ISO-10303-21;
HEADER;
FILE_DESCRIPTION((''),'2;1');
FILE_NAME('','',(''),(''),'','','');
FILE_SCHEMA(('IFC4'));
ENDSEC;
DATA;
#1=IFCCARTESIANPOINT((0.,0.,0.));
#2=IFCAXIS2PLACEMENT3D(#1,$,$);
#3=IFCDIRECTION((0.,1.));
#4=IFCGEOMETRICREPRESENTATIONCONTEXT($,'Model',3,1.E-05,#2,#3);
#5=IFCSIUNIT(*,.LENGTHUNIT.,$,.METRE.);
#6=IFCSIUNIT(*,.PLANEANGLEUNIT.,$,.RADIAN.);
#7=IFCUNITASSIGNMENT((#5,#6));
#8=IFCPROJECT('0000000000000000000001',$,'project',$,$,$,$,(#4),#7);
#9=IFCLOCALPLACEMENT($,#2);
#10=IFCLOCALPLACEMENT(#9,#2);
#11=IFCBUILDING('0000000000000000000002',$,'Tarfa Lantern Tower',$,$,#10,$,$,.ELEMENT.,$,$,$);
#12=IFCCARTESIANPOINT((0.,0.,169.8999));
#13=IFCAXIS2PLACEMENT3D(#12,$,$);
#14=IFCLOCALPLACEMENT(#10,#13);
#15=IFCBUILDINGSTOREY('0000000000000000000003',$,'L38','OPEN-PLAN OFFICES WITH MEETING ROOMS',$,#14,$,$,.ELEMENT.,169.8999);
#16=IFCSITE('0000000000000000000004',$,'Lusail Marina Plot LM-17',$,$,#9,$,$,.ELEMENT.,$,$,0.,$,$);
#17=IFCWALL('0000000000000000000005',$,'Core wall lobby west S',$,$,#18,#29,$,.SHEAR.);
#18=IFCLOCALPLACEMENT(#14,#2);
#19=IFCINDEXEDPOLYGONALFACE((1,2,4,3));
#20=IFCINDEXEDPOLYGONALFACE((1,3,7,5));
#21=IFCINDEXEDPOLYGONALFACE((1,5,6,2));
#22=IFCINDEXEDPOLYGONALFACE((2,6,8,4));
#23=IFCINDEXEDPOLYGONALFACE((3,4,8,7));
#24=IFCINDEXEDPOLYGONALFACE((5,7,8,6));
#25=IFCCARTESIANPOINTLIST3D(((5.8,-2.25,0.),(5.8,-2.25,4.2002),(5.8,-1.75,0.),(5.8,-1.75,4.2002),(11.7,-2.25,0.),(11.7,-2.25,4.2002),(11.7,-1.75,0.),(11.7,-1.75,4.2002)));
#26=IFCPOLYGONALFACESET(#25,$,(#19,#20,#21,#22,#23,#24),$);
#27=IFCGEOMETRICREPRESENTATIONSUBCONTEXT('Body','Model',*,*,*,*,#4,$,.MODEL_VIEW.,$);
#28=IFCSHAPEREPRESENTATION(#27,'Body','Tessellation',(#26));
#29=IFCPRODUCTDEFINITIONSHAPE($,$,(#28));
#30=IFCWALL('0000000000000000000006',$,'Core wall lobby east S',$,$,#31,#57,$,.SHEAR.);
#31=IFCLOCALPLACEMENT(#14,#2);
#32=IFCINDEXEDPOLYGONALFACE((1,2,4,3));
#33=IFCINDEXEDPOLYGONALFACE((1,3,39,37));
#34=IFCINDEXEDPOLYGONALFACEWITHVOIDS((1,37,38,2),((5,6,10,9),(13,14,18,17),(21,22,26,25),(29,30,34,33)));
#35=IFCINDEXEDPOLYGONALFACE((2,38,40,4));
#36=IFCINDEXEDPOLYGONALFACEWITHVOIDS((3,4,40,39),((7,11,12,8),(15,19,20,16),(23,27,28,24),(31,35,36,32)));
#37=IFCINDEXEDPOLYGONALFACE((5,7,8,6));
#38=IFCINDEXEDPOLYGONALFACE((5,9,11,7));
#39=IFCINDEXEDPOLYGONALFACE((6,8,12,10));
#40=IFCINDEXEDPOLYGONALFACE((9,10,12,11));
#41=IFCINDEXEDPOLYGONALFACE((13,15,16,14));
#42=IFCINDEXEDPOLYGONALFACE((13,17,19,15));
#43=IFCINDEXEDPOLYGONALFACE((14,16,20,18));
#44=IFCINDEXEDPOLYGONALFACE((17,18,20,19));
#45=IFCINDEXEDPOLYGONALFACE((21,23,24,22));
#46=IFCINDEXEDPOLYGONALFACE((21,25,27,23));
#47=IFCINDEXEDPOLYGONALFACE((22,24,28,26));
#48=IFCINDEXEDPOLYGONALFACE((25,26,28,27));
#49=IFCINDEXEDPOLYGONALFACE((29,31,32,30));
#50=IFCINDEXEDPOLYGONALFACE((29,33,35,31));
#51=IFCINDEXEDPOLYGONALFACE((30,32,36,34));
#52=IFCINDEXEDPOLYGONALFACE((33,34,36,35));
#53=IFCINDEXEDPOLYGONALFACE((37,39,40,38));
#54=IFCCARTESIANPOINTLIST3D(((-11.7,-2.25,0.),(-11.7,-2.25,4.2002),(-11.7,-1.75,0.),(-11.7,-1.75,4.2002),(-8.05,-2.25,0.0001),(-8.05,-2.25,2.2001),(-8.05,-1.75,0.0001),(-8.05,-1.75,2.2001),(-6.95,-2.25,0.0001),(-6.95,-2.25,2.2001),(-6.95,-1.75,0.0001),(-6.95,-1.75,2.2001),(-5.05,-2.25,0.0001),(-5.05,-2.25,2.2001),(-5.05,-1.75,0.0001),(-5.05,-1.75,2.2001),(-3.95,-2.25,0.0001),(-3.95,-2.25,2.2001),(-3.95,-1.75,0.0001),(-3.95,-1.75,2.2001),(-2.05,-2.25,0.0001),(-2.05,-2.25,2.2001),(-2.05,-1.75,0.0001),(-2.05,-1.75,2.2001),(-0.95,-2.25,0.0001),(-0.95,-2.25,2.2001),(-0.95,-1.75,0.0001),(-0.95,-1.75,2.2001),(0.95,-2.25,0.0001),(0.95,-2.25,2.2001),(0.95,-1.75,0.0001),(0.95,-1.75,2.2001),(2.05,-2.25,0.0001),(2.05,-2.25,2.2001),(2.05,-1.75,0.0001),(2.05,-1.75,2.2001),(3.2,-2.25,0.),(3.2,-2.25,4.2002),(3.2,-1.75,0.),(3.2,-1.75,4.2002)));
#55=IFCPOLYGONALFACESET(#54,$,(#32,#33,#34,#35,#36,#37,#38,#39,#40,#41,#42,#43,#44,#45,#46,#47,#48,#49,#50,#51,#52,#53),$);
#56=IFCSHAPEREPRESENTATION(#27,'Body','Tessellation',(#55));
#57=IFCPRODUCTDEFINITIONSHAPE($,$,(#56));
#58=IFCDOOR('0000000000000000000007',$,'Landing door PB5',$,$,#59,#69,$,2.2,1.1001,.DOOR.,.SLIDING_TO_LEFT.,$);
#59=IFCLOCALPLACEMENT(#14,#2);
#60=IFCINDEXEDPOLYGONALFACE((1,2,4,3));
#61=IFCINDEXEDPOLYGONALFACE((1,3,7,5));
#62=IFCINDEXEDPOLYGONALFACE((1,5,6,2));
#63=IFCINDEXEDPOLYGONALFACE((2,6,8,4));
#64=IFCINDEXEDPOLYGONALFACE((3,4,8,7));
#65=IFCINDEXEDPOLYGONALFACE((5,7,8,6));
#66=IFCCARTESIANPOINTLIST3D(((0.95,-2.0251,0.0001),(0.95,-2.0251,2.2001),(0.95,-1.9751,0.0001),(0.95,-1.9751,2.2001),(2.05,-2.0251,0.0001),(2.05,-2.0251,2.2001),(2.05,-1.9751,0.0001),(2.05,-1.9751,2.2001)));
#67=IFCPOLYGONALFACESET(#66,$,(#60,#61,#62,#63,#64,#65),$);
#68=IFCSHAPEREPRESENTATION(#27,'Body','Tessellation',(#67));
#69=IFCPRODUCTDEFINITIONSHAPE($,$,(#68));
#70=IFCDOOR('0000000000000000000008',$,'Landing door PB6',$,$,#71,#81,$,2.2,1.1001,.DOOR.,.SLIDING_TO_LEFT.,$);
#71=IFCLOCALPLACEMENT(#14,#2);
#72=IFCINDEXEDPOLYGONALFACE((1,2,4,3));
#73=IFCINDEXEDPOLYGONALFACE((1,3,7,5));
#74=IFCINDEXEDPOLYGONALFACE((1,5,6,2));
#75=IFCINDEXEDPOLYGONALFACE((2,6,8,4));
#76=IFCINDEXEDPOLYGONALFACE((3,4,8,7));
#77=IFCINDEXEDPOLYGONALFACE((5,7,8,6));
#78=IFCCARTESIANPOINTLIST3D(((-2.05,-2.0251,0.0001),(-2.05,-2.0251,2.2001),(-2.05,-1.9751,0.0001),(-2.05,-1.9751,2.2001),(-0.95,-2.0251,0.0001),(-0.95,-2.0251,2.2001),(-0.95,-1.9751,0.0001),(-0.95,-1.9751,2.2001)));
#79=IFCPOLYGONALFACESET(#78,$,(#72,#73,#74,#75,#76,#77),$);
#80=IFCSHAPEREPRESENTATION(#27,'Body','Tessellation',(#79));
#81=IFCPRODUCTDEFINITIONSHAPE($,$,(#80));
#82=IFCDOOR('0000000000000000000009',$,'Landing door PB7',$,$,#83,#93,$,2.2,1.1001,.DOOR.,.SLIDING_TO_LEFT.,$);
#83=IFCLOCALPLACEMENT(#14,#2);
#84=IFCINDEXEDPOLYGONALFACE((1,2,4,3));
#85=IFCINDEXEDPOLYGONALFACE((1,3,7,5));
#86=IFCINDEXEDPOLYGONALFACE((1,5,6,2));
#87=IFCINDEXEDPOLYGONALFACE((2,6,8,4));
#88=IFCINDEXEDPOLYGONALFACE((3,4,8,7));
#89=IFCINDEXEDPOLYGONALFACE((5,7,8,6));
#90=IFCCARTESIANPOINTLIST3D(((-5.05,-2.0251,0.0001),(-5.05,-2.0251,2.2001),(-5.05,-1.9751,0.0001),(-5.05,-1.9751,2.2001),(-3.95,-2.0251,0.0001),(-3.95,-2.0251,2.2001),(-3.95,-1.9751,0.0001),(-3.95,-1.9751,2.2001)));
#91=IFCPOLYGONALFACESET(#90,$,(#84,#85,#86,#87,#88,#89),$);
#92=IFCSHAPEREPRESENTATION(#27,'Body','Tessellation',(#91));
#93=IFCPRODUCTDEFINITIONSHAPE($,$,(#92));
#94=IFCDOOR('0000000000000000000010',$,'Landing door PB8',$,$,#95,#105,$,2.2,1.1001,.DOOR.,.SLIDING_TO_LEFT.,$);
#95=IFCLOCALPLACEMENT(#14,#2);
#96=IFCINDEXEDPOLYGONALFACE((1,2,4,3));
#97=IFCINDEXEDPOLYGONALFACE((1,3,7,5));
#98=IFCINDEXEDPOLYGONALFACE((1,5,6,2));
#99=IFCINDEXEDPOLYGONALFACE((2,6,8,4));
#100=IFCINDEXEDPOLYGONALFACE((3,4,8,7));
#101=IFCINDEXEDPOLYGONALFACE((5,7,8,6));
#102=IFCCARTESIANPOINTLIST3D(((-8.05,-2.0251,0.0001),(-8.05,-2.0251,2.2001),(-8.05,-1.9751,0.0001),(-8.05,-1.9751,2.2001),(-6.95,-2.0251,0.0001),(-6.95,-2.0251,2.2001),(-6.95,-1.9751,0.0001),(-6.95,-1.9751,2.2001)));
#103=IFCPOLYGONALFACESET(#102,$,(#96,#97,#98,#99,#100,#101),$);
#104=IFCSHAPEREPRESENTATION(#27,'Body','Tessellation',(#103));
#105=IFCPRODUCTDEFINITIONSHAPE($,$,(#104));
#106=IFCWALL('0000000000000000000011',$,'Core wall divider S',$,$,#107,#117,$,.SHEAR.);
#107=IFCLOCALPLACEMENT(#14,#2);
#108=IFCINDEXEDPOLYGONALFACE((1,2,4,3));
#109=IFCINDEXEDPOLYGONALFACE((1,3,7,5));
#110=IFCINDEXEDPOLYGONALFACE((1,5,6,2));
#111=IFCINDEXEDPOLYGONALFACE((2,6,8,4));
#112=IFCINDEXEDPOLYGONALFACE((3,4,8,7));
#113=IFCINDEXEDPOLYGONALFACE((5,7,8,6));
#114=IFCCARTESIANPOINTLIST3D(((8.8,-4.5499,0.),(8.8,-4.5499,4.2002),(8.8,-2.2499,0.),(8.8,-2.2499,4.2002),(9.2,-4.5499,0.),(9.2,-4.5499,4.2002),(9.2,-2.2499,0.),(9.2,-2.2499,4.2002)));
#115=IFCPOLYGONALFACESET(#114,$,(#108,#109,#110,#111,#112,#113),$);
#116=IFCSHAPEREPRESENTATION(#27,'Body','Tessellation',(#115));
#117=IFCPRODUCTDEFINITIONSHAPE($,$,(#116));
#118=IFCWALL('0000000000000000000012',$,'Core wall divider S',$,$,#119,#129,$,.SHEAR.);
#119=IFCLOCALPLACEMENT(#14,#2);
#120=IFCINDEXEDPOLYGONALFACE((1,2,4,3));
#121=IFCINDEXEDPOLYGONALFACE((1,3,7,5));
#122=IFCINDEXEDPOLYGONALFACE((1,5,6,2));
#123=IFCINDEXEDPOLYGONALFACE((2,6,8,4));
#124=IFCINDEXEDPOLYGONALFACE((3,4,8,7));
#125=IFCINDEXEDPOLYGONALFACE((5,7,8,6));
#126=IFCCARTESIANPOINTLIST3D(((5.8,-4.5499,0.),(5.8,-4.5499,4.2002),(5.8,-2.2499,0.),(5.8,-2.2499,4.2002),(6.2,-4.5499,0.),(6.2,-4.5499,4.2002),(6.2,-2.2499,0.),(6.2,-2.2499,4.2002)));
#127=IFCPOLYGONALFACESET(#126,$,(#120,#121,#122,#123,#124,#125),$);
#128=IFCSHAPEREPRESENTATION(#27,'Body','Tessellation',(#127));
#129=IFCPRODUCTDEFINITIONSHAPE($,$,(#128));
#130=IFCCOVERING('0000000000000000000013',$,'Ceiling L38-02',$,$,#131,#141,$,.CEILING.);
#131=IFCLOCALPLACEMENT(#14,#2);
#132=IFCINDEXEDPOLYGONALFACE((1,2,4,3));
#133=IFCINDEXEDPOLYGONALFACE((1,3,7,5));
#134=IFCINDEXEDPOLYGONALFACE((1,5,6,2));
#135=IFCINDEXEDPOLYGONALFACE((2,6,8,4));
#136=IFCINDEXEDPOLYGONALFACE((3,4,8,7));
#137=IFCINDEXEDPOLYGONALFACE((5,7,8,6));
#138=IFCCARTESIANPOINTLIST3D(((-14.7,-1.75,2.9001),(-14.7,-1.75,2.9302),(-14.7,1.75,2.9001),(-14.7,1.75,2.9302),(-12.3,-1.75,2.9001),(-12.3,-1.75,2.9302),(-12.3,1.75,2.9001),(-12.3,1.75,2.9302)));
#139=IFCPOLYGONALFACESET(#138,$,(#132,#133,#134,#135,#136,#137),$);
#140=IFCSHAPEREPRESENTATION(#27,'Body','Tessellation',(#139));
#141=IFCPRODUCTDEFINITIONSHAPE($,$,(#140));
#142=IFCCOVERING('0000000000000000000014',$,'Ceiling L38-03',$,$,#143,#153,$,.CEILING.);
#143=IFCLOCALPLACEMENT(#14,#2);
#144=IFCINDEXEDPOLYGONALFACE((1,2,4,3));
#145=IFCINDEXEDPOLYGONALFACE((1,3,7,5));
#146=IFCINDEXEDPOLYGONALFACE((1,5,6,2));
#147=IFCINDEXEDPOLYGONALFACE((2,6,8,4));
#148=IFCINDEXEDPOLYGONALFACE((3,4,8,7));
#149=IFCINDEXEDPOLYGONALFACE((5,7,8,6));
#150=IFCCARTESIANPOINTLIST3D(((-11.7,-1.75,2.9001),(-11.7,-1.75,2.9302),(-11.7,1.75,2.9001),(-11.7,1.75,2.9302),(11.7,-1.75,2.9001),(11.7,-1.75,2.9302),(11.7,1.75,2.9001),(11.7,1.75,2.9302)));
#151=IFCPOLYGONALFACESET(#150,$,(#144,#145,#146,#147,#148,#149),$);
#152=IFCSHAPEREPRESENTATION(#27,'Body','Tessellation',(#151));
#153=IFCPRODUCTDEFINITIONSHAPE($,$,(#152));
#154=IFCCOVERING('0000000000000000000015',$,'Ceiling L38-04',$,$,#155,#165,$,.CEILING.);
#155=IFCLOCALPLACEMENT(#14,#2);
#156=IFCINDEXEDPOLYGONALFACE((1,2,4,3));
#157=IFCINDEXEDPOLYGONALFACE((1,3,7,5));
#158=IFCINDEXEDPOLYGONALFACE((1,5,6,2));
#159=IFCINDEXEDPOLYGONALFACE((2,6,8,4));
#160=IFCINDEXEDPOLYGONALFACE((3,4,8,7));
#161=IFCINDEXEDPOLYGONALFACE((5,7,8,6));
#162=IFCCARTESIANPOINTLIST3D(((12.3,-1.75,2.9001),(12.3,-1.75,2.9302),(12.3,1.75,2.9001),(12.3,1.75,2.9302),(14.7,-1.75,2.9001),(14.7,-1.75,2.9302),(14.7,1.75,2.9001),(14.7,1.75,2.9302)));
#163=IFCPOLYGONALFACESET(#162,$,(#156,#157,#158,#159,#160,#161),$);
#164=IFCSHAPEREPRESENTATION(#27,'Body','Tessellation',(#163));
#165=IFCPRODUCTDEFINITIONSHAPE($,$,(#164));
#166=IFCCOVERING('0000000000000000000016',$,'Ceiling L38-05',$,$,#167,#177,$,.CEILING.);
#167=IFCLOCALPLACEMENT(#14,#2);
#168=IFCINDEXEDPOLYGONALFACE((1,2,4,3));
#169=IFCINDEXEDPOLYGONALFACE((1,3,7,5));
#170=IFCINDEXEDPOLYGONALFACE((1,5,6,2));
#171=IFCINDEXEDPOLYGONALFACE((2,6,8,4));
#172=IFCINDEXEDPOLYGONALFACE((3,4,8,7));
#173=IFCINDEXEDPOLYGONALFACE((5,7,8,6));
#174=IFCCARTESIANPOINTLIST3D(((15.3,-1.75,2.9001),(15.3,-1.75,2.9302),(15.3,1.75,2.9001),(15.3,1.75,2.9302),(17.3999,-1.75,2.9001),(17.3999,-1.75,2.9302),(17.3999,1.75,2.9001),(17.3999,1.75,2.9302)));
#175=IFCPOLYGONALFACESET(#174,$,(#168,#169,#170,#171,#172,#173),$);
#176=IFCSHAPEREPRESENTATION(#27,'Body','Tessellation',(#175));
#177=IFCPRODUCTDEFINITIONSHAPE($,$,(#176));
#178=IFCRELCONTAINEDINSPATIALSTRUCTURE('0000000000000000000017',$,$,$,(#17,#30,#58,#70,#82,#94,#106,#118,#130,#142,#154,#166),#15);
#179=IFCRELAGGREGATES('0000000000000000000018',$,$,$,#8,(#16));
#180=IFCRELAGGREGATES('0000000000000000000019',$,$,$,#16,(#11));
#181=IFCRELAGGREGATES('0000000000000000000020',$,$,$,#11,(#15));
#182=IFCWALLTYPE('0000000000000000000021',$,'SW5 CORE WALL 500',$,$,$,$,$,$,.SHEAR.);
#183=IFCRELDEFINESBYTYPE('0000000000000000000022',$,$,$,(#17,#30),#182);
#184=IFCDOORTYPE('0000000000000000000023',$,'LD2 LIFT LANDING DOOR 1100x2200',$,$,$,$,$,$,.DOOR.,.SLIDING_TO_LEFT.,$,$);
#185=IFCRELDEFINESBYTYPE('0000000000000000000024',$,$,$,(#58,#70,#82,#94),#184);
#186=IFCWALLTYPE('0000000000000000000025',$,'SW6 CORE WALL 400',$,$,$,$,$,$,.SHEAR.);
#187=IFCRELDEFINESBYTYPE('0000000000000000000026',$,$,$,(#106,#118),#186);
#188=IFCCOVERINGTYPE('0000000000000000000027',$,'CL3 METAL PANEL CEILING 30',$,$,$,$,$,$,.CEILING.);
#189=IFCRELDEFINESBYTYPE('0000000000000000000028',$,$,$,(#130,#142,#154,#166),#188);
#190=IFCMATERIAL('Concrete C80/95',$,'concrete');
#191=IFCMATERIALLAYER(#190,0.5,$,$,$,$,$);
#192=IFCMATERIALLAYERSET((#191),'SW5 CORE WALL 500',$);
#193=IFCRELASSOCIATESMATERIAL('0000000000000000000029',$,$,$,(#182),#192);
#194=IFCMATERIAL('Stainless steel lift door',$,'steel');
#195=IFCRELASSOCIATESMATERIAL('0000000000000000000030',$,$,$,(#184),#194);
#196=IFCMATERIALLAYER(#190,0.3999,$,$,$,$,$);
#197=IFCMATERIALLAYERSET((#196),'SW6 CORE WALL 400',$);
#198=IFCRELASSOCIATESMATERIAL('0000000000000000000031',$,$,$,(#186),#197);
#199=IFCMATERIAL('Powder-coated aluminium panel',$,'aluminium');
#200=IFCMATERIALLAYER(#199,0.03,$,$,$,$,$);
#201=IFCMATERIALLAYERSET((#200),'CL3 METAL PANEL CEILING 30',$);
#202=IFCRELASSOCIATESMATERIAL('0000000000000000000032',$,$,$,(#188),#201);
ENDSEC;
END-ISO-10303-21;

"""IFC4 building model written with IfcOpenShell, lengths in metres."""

from ifc_helpers import new_model, si_unit, direction, frame, frame_2d, origin, place, context, subcontext, project, spatial, polyline, rectangle, outline, extrude, material, layer, layer_set, type_object, element, fill, save


model = new_model("IFC4")

# Units and contexts
model_context = context("Model", 3, precision=1e-05, world=origin(), true_north=direction((0.0, 1.0)))
body_context = subcontext(model_context, "Body", "Model", "MODEL_VIEW")
ifc_project = project(units=[si_unit("LENGTHUNIT", "METRE"), si_unit("PLANEANGLEUNIT", "RADIAN")], contexts=[model_context])

# Site, building, storey
site_placement = place(None, origin())
site = spatial("IfcSite", under=ifc_project, at=site_placement, Name="Lusail Marina Plot LM-17", CompositionType="ELEMENT", RefElevation=0.0)
building_placement = place(site_placement, origin())
building = spatial("IfcBuilding", under=site, at=building_placement, Name="Tarfa Lantern Tower", CompositionType="ELEMENT")
storey_placement = place(building_placement, frame((0.0, 0.0, 169.8999)))
storey = spatial("IfcBuildingStorey", under=building, at=storey_placement, Name="L38", Description="OPEN-PLAN OFFICES WITH MEETING ROOMS", CompositionType="ELEMENT", Elevation=169.8999)

# Wall
ifc_material_1 = material(Name="Concrete C80/95", Category="concrete")
ifc_layer_1 = layer(ifc_material_1, 0.5)
ifc_layer_set_1 = layer_set([ifc_layer_1], Name="SW5 CORE WALL 500")
wall_type_1 = type_object("IfcWallType", Name="SW5 CORE WALL 500", PredefinedType="SHEAR", material=ifc_layer_set_1)
wall_1_placement = place(storey_placement, frame((11.7, -2.0, 0.0), z_axis=(0.0, 0.0, 1.0), x_axis=(-1.0, 0.0, 0.0)))
element("IfcWall", 1, at=wall_1_placement, inside=storey, type_object=wall_type_1, Name="Core wall lobby west S", PredefinedType="SHEAR", context=body_context, shape_type="SweptSolid", body=[
    extrude(rectangle(XDim=5.8999, YDim=0.5, at=frame_2d((2.95, 0.0))), origin(), (0.0, 0.0, 1.0), 4.2002),
])

# Wall, openings, doors
wall_2_placement = place(storey_placement, frame((3.2, -2.0, 0.0), z_axis=(0.0, 0.0, 1.0), x_axis=(-1.0, 0.0, 0.0)))
wall_2 = element("IfcWall", 2, at=wall_2_placement, inside=storey, type_object=wall_type_1, Name="Core wall lobby east S", PredefinedType="SHEAR", context=body_context, shape_type="SweptSolid", body=[
    extrude(rectangle(XDim=14.8999, YDim=0.5, at=frame_2d((7.45, 0.0))), origin(), (0.0, 0.0, 1.0), 4.2002),
])
opening_1_placement = place(wall_2_placement, frame((1.1499, 0.0, 0.0)))
opening_1 = element("IfcOpeningElement", 3, at=opening_1_placement, cuts=wall_2, PredefinedType="OPENING", context=body_context, shape_type="SweptSolid", body=[
    extrude(rectangle(XDim=1.1001, YDim=2.2, at=frame_2d((0.55, 1.1001))), frame((0.0, 0.26, 0.0), z_axis=(0.0, -1.0, 0.0), x_axis=(1.0, 0.0, 0.0)), (0.0, 0.0, 1.0), 0.52),
])
opening_2_placement = place(wall_2_placement, frame((4.1499, 0.0, 0.0)))
opening_2 = element("IfcOpeningElement", 4, at=opening_2_placement, cuts=wall_2, PredefinedType="OPENING", context=body_context, shape_type="SweptSolid", body=[
    extrude(rectangle(XDim=1.1001, YDim=2.2, at=frame_2d((0.55, 1.1001))), frame((0.0, 0.26, 0.0), z_axis=(0.0, -1.0, 0.0), x_axis=(1.0, 0.0, 0.0)), (0.0, 0.0, 1.0), 0.52),
])
opening_3_placement = place(wall_2_placement, frame((7.1499, 0.0, 0.0)))
opening_3 = element("IfcOpeningElement", 5, at=opening_3_placement, cuts=wall_2, PredefinedType="OPENING", context=body_context, shape_type="SweptSolid", body=[
    extrude(rectangle(XDim=1.1001, YDim=2.2, at=frame_2d((0.55, 1.1001))), frame((0.0, 0.26, 0.0), z_axis=(0.0, -1.0, 0.0), x_axis=(1.0, 0.0, 0.0)), (0.0, 0.0, 1.0), 0.52),
])
opening_4_placement = place(wall_2_placement, frame((10.1499, 0.0, 0.0)))
opening_4 = element("IfcOpeningElement", 6, at=opening_4_placement, cuts=wall_2, PredefinedType="OPENING", context=body_context, shape_type="SweptSolid", body=[
    extrude(rectangle(XDim=1.1001, YDim=2.2, at=frame_2d((0.55, 1.1001))), frame((0.0, 0.26, 0.0), z_axis=(0.0, -1.0, 0.0), x_axis=(1.0, 0.0, 0.0)), (0.0, 0.0, 1.0), 0.52),
])
ifc_material_2 = material(Name="Stainless steel lift door", Category="steel")
door_type = type_object("IfcDoorType", Name="LD2 LIFT LANDING DOOR 1100x2200", OperationType="SLIDING_TO_LEFT", PredefinedType="DOOR", material=ifc_material_2)
door_1_placement = place(opening_1_placement, frame((1.1001, 0.0, 0.0), z_axis=(0.0, 0.0, 1.0), x_axis=(-1.0, 0.0, 0.0)))
door_1 = element("IfcDoor", 7, at=door_1_placement, inside=storey, type_object=door_type, Name="Landing door PB5", OperationType="SLIDING_TO_LEFT", OverallHeight=2.2, OverallWidth=1.1001, PredefinedType="DOOR", context=body_context, shape_type="SweptSolid", body=[
    extrude(rectangle(XDim=1.1001, YDim=2.2, at=frame_2d((0.55, 1.1001))), frame((0.0, 0.0249, 0.0), z_axis=(0.0, -1.0, 0.0), x_axis=(1.0, 0.0, 0.0)), (0.0, 0.0, 1.0), 0.05),
])
fill(opening_1, door_1)
door_2_placement = place(opening_2_placement, frame((1.1001, 0.0, 0.0), z_axis=(0.0, 0.0, 1.0), x_axis=(-1.0, 0.0, 0.0)))
door_2 = element("IfcDoor", 8, at=door_2_placement, inside=storey, type_object=door_type, Name="Landing door PB6", OperationType="SLIDING_TO_LEFT", OverallHeight=2.2, OverallWidth=1.1001, PredefinedType="DOOR", context=body_context, shape_type="SweptSolid", body=[
    extrude(rectangle(XDim=1.1001, YDim=2.2, at=frame_2d((0.55, 1.1001))), frame((0.0, 0.0249, 0.0), z_axis=(0.0, -1.0, 0.0), x_axis=(1.0, 0.0, 0.0)), (0.0, 0.0, 1.0), 0.05),
])
fill(opening_2, door_2)
door_3_placement = place(opening_3_placement, frame((1.1001, 0.0, 0.0), z_axis=(0.0, 0.0, 1.0), x_axis=(-1.0, 0.0, 0.0)))
door_3 = element("IfcDoor", 9, at=door_3_placement, inside=storey, type_object=door_type, Name="Landing door PB7", OperationType="SLIDING_TO_LEFT", OverallHeight=2.2, OverallWidth=1.1001, PredefinedType="DOOR", context=body_context, shape_type="SweptSolid", body=[
    extrude(rectangle(XDim=1.1001, YDim=2.2, at=frame_2d((0.55, 1.1001))), frame((0.0, 0.0249, 0.0), z_axis=(0.0, -1.0, 0.0), x_axis=(1.0, 0.0, 0.0)), (0.0, 0.0, 1.0), 0.05),
])
fill(opening_3, door_3)
door_4_placement = place(opening_4_placement, frame((1.1001, 0.0, 0.0), z_axis=(0.0, 0.0, 1.0), x_axis=(-1.0, 0.0, 0.0)))
door_4 = element("IfcDoor", 10, at=door_4_placement, inside=storey, type_object=door_type, Name="Landing door PB8", OperationType="SLIDING_TO_LEFT", OverallHeight=2.2, OverallWidth=1.1001, PredefinedType="DOOR", context=body_context, shape_type="SweptSolid", body=[
    extrude(rectangle(XDim=1.1001, YDim=2.2, at=frame_2d((0.55, 1.1001))), frame((0.0, 0.0249, 0.0), z_axis=(0.0, -1.0, 0.0), x_axis=(1.0, 0.0, 0.0)), (0.0, 0.0, 1.0), 0.05),
])
fill(opening_4, door_4)

# Walls
ifc_layer_2 = layer(ifc_material_1, 0.3999)
ifc_layer_set_2 = layer_set([ifc_layer_2], Name="SW6 CORE WALL 400")
wall_type_2 = type_object("IfcWallType", Name="SW6 CORE WALL 400", PredefinedType="SHEAR", material=ifc_layer_set_2)
for number, where, z_axis, x_axis, name in (
    (11, (9.0, -2.25, 0.0), (0.0, 0.0, 1.0), (0.0, -1.0, 0.0), "Core wall divider S"),
    (12, (6.0, -2.25, 0.0), (0.0, 0.0, 1.0), (0.0, -1.0, 0.0), "Core wall divider S"),
):
    element("IfcWall", number, at=place(storey_placement, frame(where, z_axis=z_axis, x_axis=x_axis)), inside=storey, type_object=wall_type_2, Name=name, PredefinedType="SHEAR", context=body_context, shape_type="SweptSolid", body=[
        extrude(rectangle(XDim=2.3, YDim=0.3999, at=frame_2d((1.1499, 0.0))), origin(), (0.0, 0.0, 1.0), 4.2002),
    ])

# Coverings
ifc_material_3 = material(Name="Powder-coated aluminium panel", Category="aluminium")
ifc_layer_3 = layer(ifc_material_3, 0.03)
ifc_layer_set_3 = layer_set([ifc_layer_3], Name="CL3 METAL PANEL CEILING 30")
covering_type_1 = type_object("IfcCoveringType", Name="CL3 METAL PANEL CEILING 30", PredefinedType="CEILING", material=ifc_layer_set_3)
covering_1_placement = place(storey_placement, frame((0.0, 0.0, 2.9001)))
element("IfcCovering", 13, at=covering_1_placement, inside=storey, type_object=covering_type_1, Name="Ceiling L38-02", PredefinedType="CEILING", context=body_context, shape_type="SweptSolid", body=[
    extrude(outline(polyline([(-14.7, -1.75), (-12.3, -1.75), (-12.3, 1.75), (-14.7, 1.75), (-14.7, -1.75)])), origin(), (0.0, 0.0, 1.0), 0.03),
])
covering_2_placement = place(storey_placement, frame((0.0, 0.0, 2.9001)))
element("IfcCovering", 14, at=covering_2_placement, inside=storey, type_object=covering_type_1, Name="Ceiling L38-03", PredefinedType="CEILING", context=body_context, shape_type="SweptSolid", body=[
    extrude(outline(polyline([(-11.7, -1.75), (11.7, -1.75), (11.7, 1.75), (-11.7, 1.75), (-11.7, -1.75)])), origin(), (0.0, 0.0, 1.0), 0.03),
])
covering_3_placement = place(storey_placement, frame((0.0, 0.0, 2.9001)))
element("IfcCovering", 15, at=covering_3_placement, inside=storey, type_object=covering_type_1, Name="Ceiling L38-04", PredefinedType="CEILING", context=body_context, shape_type="SweptSolid", body=[
    extrude(outline(polyline([(12.3, -1.75), (14.7, -1.75), (14.7, 1.75), (12.3, 1.75), (12.3, -1.75)])), origin(), (0.0, 0.0, 1.0), 0.03),
])
covering_4_placement = place(storey_placement, frame((0.0, 0.0, 2.9001)))
element("IfcCovering", 16, at=covering_4_placement, inside=storey, type_object=covering_type_1, Name="Ceiling L38-05", PredefinedType="CEILING", context=body_context, shape_type="SweptSolid", body=[
    extrude(outline(polyline([(15.3, -1.75), (17.3999, -1.75), (17.3999, 1.75), (15.3, 1.75), (15.3, -1.75)])), origin(), (0.0, 0.0, 1.0), 0.03),
])

save(model, "model.ifc")
